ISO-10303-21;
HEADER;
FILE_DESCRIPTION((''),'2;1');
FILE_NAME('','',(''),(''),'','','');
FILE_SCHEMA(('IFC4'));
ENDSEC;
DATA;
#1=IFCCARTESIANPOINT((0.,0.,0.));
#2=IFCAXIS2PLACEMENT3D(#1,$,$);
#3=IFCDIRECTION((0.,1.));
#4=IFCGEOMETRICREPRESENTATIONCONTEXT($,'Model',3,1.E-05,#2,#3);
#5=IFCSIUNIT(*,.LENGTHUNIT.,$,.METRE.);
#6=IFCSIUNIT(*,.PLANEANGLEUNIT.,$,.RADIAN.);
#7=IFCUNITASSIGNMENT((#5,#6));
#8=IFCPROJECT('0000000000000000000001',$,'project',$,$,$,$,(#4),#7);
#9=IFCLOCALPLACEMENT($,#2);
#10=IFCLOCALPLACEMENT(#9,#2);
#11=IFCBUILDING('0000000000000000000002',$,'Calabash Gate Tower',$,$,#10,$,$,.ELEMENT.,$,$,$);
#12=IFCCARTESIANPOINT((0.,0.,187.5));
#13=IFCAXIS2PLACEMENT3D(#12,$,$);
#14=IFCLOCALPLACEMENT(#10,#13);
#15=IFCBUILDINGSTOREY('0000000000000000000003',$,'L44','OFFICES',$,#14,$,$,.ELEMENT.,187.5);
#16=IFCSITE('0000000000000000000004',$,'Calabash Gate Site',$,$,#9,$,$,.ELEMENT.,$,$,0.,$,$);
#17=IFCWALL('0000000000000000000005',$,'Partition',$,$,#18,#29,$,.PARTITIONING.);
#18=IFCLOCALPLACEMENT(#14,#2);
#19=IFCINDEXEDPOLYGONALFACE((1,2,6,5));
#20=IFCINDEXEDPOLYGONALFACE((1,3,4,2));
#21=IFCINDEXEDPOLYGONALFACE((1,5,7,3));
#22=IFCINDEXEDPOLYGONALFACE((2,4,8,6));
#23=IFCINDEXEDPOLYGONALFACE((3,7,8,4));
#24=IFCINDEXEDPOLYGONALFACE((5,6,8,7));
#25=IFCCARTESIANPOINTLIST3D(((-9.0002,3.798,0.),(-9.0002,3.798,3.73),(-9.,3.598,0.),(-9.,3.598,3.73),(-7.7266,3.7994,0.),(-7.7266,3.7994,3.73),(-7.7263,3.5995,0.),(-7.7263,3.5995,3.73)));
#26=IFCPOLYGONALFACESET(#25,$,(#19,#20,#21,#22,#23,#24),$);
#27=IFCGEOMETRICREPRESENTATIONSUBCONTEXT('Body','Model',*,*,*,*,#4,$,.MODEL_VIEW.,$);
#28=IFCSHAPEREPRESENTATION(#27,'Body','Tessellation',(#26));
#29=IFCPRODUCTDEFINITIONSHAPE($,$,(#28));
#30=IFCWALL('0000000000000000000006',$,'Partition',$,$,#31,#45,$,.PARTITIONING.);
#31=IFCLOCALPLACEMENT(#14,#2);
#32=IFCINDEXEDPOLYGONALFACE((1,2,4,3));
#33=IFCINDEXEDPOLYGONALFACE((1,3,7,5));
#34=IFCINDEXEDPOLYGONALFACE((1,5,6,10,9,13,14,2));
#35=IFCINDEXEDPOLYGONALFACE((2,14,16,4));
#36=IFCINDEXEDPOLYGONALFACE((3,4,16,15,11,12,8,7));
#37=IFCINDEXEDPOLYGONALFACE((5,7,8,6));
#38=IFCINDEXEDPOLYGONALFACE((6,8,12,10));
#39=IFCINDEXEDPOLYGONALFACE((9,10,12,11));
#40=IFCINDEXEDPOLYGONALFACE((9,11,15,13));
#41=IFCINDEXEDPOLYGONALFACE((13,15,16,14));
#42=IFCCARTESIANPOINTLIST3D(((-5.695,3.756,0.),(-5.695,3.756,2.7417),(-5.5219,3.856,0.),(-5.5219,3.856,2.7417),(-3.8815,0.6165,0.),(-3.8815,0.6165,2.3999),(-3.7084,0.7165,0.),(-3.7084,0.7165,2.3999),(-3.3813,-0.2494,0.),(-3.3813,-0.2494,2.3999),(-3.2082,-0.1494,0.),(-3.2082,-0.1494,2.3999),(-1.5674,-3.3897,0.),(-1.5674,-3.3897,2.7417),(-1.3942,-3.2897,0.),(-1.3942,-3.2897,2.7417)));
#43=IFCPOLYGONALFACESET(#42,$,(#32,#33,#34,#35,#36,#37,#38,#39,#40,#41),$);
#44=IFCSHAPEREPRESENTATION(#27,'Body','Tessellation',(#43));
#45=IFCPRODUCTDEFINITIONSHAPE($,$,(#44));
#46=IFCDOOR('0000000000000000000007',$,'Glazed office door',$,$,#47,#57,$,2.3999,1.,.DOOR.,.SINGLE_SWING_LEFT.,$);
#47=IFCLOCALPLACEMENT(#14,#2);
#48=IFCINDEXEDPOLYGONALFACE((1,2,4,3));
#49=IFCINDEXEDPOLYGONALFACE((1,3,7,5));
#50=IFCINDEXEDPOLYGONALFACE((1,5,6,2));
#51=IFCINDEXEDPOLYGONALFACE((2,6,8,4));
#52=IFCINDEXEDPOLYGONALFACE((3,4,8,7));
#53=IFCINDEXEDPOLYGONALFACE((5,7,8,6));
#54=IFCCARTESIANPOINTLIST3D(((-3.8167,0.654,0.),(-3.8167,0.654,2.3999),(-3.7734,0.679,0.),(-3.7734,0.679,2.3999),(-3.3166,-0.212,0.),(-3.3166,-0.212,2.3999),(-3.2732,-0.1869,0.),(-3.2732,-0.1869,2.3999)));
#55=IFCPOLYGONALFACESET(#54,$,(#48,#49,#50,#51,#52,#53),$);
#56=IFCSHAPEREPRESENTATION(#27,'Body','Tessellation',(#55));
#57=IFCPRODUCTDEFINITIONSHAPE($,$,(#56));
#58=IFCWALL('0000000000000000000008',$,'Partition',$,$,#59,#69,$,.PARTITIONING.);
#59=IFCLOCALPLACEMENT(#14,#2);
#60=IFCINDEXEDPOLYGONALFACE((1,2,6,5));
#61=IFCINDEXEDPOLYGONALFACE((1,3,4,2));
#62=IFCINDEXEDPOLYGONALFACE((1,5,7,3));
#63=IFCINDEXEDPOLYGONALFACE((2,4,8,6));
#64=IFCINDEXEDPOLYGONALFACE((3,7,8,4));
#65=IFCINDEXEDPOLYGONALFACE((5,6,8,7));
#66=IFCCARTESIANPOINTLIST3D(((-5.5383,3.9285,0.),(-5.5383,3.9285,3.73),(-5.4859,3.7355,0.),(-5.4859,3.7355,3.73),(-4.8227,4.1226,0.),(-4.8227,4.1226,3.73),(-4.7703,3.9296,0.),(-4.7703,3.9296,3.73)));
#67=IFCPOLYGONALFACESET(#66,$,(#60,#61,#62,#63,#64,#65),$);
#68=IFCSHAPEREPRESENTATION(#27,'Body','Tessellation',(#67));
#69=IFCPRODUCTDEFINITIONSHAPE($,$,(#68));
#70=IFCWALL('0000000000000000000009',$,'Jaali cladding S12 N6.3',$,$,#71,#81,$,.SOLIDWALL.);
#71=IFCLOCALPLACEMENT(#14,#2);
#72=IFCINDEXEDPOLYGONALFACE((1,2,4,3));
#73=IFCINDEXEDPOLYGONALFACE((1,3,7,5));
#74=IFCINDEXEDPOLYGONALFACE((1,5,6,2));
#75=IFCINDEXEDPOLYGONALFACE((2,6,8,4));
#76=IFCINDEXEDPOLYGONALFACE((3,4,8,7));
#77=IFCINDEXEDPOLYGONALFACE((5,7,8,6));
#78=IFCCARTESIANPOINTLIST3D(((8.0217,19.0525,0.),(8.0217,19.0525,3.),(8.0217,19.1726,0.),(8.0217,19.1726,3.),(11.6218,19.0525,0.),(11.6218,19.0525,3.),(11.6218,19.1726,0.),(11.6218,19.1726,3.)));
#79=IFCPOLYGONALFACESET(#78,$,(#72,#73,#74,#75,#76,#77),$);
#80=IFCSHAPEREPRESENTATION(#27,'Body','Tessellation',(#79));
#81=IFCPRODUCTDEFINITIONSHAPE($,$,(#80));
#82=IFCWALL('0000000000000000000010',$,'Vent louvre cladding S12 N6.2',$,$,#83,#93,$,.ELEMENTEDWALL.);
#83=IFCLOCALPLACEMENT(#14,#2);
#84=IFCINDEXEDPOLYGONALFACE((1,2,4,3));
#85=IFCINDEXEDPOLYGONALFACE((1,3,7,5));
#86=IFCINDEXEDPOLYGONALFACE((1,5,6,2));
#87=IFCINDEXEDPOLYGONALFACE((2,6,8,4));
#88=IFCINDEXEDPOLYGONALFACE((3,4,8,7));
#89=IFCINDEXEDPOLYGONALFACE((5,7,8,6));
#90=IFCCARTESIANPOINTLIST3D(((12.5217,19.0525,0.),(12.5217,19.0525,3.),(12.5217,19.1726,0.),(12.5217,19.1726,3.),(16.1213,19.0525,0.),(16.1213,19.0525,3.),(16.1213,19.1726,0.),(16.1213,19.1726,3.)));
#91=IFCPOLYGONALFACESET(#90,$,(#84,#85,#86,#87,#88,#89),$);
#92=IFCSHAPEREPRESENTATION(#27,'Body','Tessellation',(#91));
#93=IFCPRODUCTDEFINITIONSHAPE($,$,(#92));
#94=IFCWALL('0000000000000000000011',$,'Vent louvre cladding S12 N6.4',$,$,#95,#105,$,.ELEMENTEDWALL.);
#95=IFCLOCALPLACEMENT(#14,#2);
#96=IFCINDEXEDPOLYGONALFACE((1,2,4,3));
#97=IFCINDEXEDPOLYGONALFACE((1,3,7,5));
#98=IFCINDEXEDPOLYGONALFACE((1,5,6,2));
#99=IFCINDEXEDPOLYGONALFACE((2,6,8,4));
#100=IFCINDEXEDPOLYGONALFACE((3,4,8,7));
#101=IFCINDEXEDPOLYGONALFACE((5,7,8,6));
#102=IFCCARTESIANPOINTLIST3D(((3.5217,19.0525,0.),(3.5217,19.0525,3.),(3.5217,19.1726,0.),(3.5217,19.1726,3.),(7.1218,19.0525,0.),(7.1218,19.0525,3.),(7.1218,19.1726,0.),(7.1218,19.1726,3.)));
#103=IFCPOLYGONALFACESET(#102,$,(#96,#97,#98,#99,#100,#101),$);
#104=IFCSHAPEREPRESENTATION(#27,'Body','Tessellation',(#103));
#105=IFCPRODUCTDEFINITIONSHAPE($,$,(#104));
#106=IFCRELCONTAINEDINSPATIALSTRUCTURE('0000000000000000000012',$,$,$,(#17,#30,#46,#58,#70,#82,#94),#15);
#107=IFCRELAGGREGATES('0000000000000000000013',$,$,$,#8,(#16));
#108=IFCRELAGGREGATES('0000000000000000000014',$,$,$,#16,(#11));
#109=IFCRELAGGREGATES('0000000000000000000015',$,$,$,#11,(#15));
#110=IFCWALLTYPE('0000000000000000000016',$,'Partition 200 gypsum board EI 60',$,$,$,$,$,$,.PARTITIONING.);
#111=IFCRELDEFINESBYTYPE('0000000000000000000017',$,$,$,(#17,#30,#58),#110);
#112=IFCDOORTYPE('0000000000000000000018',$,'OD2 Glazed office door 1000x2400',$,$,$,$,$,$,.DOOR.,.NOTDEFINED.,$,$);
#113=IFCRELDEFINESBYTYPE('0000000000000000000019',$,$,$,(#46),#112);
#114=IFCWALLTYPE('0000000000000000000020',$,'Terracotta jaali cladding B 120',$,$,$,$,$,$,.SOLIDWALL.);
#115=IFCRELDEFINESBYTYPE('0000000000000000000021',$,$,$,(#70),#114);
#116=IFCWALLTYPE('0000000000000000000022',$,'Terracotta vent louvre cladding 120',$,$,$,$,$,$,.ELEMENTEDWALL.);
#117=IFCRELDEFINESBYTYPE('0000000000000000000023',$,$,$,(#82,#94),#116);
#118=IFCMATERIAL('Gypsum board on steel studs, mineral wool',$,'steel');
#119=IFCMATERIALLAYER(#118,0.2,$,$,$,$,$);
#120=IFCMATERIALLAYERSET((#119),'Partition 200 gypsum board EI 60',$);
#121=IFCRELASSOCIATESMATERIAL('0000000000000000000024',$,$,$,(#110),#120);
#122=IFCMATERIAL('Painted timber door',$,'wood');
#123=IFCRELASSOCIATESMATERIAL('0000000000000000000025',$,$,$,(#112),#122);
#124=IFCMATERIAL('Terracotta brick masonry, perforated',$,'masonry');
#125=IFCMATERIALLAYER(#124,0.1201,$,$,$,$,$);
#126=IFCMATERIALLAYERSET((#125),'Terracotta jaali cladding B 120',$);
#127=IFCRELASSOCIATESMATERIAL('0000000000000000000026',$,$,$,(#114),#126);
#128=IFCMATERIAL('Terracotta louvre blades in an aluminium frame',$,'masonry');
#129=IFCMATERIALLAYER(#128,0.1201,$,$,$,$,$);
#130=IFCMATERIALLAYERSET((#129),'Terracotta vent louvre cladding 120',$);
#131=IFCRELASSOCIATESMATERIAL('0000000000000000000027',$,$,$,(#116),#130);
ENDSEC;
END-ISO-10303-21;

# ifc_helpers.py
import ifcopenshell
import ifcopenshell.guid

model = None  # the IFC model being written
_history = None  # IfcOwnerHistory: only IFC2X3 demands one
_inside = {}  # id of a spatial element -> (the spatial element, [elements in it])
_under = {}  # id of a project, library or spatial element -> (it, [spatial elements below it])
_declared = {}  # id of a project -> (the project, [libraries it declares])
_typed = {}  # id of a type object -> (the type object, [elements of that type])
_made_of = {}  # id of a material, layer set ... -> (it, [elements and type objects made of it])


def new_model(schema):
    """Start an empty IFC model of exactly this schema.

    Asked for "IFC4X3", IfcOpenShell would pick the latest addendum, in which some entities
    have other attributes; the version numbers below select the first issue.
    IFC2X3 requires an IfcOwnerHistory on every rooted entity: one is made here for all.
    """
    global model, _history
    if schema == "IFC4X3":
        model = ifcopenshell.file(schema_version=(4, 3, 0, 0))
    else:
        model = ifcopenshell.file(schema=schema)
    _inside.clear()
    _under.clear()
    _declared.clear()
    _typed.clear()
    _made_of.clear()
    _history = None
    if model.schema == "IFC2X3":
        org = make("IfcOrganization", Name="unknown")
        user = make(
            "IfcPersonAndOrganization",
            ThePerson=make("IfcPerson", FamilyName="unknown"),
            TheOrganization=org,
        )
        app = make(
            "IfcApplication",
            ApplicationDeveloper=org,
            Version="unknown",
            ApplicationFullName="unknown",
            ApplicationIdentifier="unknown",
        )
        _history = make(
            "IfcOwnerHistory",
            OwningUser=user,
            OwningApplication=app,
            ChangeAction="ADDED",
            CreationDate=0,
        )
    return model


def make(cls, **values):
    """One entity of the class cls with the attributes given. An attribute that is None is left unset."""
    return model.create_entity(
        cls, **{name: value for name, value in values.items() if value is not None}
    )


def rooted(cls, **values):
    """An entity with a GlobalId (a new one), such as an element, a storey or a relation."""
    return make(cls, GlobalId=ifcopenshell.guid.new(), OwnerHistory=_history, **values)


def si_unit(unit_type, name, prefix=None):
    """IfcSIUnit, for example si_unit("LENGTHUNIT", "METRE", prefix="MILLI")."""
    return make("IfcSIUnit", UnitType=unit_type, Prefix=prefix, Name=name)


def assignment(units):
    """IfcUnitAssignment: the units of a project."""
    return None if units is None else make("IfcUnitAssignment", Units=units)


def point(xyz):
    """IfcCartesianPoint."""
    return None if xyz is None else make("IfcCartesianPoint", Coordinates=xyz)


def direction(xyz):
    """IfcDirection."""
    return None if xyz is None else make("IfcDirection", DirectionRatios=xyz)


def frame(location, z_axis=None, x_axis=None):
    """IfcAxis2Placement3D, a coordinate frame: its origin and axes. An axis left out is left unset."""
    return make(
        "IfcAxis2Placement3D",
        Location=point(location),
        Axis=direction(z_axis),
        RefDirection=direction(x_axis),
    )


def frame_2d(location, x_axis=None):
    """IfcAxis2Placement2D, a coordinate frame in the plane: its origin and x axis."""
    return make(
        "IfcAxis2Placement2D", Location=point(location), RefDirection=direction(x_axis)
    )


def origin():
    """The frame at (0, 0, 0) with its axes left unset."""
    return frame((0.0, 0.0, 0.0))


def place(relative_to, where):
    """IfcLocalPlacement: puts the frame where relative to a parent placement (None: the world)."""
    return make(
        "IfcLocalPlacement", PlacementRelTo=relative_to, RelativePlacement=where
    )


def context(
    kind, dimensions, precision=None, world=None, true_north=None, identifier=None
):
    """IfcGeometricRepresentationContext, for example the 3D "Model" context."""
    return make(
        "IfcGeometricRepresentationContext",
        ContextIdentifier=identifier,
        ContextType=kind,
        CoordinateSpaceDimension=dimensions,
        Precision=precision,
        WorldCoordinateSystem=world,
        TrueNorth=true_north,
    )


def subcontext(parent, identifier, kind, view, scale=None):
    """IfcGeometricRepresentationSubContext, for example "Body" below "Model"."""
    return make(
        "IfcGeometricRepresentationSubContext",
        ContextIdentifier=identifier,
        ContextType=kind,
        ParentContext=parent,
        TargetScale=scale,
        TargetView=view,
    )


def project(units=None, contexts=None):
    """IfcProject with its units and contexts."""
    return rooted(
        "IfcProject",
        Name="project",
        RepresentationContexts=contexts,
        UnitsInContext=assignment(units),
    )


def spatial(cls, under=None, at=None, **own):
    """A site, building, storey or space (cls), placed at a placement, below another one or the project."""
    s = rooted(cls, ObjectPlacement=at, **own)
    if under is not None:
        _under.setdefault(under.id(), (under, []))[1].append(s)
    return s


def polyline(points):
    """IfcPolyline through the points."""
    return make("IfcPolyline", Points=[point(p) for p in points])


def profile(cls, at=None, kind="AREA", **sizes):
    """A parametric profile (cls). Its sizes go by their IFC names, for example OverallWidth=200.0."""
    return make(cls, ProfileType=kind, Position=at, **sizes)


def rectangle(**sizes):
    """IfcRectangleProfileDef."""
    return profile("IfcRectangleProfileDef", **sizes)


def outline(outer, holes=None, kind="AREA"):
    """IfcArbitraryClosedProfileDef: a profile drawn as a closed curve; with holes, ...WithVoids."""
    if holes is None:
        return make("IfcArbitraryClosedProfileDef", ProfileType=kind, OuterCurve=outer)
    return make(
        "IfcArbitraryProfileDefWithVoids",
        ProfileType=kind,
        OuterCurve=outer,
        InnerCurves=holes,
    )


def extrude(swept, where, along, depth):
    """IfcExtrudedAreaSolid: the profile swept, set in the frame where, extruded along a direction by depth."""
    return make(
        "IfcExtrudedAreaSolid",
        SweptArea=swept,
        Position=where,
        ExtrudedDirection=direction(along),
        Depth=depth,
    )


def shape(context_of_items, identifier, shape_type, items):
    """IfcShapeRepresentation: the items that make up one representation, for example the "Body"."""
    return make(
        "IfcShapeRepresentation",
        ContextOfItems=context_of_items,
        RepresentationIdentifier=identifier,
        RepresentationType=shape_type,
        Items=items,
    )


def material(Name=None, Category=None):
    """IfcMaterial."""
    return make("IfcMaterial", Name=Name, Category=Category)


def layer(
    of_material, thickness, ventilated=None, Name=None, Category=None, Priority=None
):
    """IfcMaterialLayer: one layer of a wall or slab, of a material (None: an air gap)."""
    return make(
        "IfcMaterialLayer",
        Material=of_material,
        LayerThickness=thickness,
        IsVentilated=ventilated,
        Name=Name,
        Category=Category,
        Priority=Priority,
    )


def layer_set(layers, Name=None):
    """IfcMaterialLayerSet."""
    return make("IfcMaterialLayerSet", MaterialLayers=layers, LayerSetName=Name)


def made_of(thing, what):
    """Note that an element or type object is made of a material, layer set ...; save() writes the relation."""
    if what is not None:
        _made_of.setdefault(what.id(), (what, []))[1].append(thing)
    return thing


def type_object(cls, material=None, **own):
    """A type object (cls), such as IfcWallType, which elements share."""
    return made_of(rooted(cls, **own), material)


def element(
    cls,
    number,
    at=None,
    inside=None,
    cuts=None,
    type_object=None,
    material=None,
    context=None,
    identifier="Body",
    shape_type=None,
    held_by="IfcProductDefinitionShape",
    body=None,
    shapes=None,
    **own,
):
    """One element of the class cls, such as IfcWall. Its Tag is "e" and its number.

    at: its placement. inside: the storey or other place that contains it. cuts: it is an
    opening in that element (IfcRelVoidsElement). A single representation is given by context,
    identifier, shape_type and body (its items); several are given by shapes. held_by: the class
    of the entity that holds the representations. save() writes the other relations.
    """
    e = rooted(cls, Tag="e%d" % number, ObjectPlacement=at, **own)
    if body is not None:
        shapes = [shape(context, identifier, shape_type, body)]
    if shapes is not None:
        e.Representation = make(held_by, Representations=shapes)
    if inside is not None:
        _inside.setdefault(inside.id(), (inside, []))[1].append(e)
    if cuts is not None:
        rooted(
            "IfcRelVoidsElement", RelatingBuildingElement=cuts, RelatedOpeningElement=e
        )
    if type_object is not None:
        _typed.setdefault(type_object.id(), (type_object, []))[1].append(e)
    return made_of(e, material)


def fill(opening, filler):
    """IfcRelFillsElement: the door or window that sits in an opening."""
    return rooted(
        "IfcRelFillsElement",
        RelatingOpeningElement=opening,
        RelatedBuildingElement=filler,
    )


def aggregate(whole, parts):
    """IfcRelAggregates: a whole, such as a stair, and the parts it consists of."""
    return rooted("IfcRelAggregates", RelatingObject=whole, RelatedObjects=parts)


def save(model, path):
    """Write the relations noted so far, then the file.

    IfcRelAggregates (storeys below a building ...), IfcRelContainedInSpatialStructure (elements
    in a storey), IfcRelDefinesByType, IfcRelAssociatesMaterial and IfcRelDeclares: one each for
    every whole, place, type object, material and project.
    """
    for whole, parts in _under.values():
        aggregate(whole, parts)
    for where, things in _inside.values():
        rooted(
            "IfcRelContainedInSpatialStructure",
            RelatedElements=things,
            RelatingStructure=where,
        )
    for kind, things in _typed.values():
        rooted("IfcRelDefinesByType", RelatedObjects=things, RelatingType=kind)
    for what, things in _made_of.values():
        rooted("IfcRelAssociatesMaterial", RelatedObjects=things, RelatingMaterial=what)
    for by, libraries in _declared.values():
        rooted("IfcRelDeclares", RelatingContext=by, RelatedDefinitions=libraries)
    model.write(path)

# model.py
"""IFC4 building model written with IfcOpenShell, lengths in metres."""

from ifc_helpers import new_model, si_unit, direction, frame, frame_2d, origin, place, context, subcontext, project, spatial, polyline, rectangle, outline, extrude, material, layer, layer_set, type_object, element, fill, save


model = new_model("IFC4")

# Units and contexts
model_context = context("Model", 3, precision=1e-05, world=origin(), true_north=direction((0.0, 1.0)))
body_context = subcontext(model_context, "Body", "Model", "MODEL_VIEW")
ifc_project = project(units=[si_unit("LENGTHUNIT", "METRE"), si_unit("PLANEANGLEUNIT", "RADIAN")], contexts=[model_context])

# Site, building, storey
site_placement = place(None, origin())
site = spatial("IfcSite", under=ifc_project, at=site_placement, Name="Calabash Gate Site", CompositionType="ELEMENT", RefElevation=0.0)
building_placement = place(site_placement, origin())
building = spatial("IfcBuilding", under=site, at=building_placement, Name="Calabash Gate Tower", CompositionType="ELEMENT")
storey_placement = place(building_placement, frame((0.0, 0.0, 187.5)))
storey = spatial("IfcBuildingStorey", under=building, at=storey_placement, Name="L44", Description="OFFICES", CompositionType="ELEMENT", Elevation=187.5)

# Shared definitions
ifc_material_1 = material(Name="Gypsum board on steel studs, mineral wool", Category="steel")
ifc_layer_1 = layer(ifc_material_1, 0.2)
ifc_layer_set_1 = layer_set([ifc_layer_1], Name="Partition 200 gypsum board EI 60")
wall_type_1 = type_object("IfcWallType", Name="Partition 200 gypsum board EI 60", PredefinedType="PARTITIONING", material=ifc_layer_set_1)

# Wall
wall_1_placement = place(storey_placement, frame((-9.0, 3.698, 0.0), z_axis=(0.0, 0.0, 1.0), x_axis=(0.999999, 0.00115, 0.0)))
element("IfcWall", 1, at=wall_1_placement, inside=storey, type_object=wall_type_1, Name="Partition", PredefinedType="PARTITIONING", context=body_context, shape_type="SweptSolid", body=[
    extrude(rectangle(XDim=1.2737, YDim=0.2, at=frame_2d((0.6367, 0.0))), origin(), (0.0, 0.0, 1.0), 3.73),
])

# Wall, opening, door
wall_2_placement = place(storey_placement, frame((-5.6084, 3.8059, 0.0), z_axis=(0.0, 0.0, 1.0), x_axis=(0.500189, -0.865916, 0.0)))
wall_2 = element("IfcWall", 2, at=wall_2_placement, inside=storey, type_object=wall_type_1, Name="Partition", PredefinedType="PARTITIONING", context=body_context, shape_type="SweptSolid", body=[
    extrude(rectangle(XDim=8.2522, YDim=0.2, at=frame_2d((4.126, 0.0))), origin(), (0.0, 0.0, 1.0), 2.7417),
])
opening_1_placement = place(wall_2_placement, frame((3.6255, 0.0, 0.0)))
opening_1 = element("IfcOpeningElement", 3, at=opening_1_placement, cuts=wall_2, PredefinedType="OPENING", context=body_context, shape_type="SweptSolid", body=[
    extrude(rectangle(XDim=1.0, YDim=2.3999, at=frame_2d((0.5, 1.2))), frame((0.0, 0.1099, 0.0), z_axis=(0.0, -1.0, 0.0), x_axis=(1.0, 0.0, 0.0)), (0.0, 0.0, 1.0), 0.22),
])
ifc_material_2 = material(Name="Painted timber door", Category="wood")
door_type_1 = type_object("IfcDoorType", Name="OD2 Glazed office door 1000x2400", OperationType="NOTDEFINED", PredefinedType="DOOR", material=ifc_material_2)
door_1_placement = place(opening_1_placement, origin())
door_1 = element("IfcDoor", 4, at=door_1_placement, inside=storey, type_object=door_type_1, Name="Glazed office door", OperationType="SINGLE_SWING_LEFT", OverallHeight=2.3999, OverallWidth=1.0, PredefinedType="DOOR", context=body_context, shape_type="SweptSolid", body=[
    extrude(rectangle(XDim=1.0, YDim=2.3999, at=frame_2d((0.5, 1.2))), frame((0.0, 0.0249, 0.0), z_axis=(0.0, -1.0, 0.0), x_axis=(1.0, 0.0, 0.0)), (0.0, 0.0, 1.0), 0.05),
])
fill(opening_1, door_1)

# Walls
wall_3_placement = place(storey_placement, frame((-5.512, 3.832, 0.0), z_axis=(0.0, 0.0, 1.0), x_axis=(0.965128, 0.26178, 0.0)))
element("IfcWall", 5, at=wall_3_placement, inside=storey, type_object=wall_type_1, Name="Partition", PredefinedType="PARTITIONING", context=body_context, shape_type="SweptSolid", body=[
    extrude(rectangle(XDim=0.7415, YDim=0.2, at=frame_2d((0.3706, 0.0))), origin(), (0.0, 0.0, 1.0), 3.73),
])
ifc_material_3 = material(Name="Terracotta brick masonry, perforated", Category="masonry")
ifc_layer_2 = layer(ifc_material_3, 0.1201)
ifc_layer_set_2 = layer_set([ifc_layer_2], Name="Terracotta jaali cladding B 120")
wall_type_2 = type_object("IfcWallType", Name="Terracotta jaali cladding B 120", PredefinedType="SOLIDWALL", material=ifc_layer_set_2)
wall_4_placement = place(storey_placement, origin())
element("IfcWall", 6, at=wall_4_placement, inside=storey, type_object=wall_type_2, Name="Jaali cladding S12 N6.3", PredefinedType="SOLIDWALL", context=body_context, shape_type="SweptSolid", body=[
    extrude(outline(polyline([(8.0217, 19.1726), (8.0217, 19.0525), (11.6218, 19.0525), (11.6218, 19.1726), (8.0217, 19.1726)])), origin(), (0.0, 0.0, 1.0), 3.0),
])
ifc_material_4 = material(Name="Terracotta louvre blades in an aluminium frame", Category="masonry")
ifc_layer_3 = layer(ifc_material_4, 0.1201)
ifc_layer_set_3 = layer_set([ifc_layer_3], Name="Terracotta vent louvre cladding 120")
wall_type_3 = type_object("IfcWallType", Name="Terracotta vent louvre cladding 120", PredefinedType="ELEMENTEDWALL", material=ifc_layer_set_3)
wall_5_placement = place(storey_placement, origin())
element("IfcWall", 7, at=wall_5_placement, inside=storey, type_object=wall_type_3, Name="Vent louvre cladding S12 N6.2", PredefinedType="ELEMENTEDWALL", context=body_context, shape_type="SweptSolid", body=[
    extrude(outline(polyline([(12.5217, 19.1726), (12.5217, 19.0525), (16.1213, 19.0525), (16.1213, 19.1726), (12.5217, 19.1726)])), origin(), (0.0, 0.0, 1.0), 3.0),
])
wall_6_placement = place(storey_placement, origin())
element("IfcWall", 8, at=wall_6_placement, inside=storey, type_object=wall_type_3, Name="Vent louvre cladding S12 N6.4", PredefinedType="ELEMENTEDWALL", context=body_context, shape_type="SweptSolid", body=[
    extrude(outline(polyline([(3.5217, 19.1726), (3.5217, 19.0525), (7.1218, 19.0525), (7.1218, 19.1726), (3.5217, 19.1726)])), origin(), (0.0, 0.0, 1.0), 3.0),
])

save(model, "model.ifc")
